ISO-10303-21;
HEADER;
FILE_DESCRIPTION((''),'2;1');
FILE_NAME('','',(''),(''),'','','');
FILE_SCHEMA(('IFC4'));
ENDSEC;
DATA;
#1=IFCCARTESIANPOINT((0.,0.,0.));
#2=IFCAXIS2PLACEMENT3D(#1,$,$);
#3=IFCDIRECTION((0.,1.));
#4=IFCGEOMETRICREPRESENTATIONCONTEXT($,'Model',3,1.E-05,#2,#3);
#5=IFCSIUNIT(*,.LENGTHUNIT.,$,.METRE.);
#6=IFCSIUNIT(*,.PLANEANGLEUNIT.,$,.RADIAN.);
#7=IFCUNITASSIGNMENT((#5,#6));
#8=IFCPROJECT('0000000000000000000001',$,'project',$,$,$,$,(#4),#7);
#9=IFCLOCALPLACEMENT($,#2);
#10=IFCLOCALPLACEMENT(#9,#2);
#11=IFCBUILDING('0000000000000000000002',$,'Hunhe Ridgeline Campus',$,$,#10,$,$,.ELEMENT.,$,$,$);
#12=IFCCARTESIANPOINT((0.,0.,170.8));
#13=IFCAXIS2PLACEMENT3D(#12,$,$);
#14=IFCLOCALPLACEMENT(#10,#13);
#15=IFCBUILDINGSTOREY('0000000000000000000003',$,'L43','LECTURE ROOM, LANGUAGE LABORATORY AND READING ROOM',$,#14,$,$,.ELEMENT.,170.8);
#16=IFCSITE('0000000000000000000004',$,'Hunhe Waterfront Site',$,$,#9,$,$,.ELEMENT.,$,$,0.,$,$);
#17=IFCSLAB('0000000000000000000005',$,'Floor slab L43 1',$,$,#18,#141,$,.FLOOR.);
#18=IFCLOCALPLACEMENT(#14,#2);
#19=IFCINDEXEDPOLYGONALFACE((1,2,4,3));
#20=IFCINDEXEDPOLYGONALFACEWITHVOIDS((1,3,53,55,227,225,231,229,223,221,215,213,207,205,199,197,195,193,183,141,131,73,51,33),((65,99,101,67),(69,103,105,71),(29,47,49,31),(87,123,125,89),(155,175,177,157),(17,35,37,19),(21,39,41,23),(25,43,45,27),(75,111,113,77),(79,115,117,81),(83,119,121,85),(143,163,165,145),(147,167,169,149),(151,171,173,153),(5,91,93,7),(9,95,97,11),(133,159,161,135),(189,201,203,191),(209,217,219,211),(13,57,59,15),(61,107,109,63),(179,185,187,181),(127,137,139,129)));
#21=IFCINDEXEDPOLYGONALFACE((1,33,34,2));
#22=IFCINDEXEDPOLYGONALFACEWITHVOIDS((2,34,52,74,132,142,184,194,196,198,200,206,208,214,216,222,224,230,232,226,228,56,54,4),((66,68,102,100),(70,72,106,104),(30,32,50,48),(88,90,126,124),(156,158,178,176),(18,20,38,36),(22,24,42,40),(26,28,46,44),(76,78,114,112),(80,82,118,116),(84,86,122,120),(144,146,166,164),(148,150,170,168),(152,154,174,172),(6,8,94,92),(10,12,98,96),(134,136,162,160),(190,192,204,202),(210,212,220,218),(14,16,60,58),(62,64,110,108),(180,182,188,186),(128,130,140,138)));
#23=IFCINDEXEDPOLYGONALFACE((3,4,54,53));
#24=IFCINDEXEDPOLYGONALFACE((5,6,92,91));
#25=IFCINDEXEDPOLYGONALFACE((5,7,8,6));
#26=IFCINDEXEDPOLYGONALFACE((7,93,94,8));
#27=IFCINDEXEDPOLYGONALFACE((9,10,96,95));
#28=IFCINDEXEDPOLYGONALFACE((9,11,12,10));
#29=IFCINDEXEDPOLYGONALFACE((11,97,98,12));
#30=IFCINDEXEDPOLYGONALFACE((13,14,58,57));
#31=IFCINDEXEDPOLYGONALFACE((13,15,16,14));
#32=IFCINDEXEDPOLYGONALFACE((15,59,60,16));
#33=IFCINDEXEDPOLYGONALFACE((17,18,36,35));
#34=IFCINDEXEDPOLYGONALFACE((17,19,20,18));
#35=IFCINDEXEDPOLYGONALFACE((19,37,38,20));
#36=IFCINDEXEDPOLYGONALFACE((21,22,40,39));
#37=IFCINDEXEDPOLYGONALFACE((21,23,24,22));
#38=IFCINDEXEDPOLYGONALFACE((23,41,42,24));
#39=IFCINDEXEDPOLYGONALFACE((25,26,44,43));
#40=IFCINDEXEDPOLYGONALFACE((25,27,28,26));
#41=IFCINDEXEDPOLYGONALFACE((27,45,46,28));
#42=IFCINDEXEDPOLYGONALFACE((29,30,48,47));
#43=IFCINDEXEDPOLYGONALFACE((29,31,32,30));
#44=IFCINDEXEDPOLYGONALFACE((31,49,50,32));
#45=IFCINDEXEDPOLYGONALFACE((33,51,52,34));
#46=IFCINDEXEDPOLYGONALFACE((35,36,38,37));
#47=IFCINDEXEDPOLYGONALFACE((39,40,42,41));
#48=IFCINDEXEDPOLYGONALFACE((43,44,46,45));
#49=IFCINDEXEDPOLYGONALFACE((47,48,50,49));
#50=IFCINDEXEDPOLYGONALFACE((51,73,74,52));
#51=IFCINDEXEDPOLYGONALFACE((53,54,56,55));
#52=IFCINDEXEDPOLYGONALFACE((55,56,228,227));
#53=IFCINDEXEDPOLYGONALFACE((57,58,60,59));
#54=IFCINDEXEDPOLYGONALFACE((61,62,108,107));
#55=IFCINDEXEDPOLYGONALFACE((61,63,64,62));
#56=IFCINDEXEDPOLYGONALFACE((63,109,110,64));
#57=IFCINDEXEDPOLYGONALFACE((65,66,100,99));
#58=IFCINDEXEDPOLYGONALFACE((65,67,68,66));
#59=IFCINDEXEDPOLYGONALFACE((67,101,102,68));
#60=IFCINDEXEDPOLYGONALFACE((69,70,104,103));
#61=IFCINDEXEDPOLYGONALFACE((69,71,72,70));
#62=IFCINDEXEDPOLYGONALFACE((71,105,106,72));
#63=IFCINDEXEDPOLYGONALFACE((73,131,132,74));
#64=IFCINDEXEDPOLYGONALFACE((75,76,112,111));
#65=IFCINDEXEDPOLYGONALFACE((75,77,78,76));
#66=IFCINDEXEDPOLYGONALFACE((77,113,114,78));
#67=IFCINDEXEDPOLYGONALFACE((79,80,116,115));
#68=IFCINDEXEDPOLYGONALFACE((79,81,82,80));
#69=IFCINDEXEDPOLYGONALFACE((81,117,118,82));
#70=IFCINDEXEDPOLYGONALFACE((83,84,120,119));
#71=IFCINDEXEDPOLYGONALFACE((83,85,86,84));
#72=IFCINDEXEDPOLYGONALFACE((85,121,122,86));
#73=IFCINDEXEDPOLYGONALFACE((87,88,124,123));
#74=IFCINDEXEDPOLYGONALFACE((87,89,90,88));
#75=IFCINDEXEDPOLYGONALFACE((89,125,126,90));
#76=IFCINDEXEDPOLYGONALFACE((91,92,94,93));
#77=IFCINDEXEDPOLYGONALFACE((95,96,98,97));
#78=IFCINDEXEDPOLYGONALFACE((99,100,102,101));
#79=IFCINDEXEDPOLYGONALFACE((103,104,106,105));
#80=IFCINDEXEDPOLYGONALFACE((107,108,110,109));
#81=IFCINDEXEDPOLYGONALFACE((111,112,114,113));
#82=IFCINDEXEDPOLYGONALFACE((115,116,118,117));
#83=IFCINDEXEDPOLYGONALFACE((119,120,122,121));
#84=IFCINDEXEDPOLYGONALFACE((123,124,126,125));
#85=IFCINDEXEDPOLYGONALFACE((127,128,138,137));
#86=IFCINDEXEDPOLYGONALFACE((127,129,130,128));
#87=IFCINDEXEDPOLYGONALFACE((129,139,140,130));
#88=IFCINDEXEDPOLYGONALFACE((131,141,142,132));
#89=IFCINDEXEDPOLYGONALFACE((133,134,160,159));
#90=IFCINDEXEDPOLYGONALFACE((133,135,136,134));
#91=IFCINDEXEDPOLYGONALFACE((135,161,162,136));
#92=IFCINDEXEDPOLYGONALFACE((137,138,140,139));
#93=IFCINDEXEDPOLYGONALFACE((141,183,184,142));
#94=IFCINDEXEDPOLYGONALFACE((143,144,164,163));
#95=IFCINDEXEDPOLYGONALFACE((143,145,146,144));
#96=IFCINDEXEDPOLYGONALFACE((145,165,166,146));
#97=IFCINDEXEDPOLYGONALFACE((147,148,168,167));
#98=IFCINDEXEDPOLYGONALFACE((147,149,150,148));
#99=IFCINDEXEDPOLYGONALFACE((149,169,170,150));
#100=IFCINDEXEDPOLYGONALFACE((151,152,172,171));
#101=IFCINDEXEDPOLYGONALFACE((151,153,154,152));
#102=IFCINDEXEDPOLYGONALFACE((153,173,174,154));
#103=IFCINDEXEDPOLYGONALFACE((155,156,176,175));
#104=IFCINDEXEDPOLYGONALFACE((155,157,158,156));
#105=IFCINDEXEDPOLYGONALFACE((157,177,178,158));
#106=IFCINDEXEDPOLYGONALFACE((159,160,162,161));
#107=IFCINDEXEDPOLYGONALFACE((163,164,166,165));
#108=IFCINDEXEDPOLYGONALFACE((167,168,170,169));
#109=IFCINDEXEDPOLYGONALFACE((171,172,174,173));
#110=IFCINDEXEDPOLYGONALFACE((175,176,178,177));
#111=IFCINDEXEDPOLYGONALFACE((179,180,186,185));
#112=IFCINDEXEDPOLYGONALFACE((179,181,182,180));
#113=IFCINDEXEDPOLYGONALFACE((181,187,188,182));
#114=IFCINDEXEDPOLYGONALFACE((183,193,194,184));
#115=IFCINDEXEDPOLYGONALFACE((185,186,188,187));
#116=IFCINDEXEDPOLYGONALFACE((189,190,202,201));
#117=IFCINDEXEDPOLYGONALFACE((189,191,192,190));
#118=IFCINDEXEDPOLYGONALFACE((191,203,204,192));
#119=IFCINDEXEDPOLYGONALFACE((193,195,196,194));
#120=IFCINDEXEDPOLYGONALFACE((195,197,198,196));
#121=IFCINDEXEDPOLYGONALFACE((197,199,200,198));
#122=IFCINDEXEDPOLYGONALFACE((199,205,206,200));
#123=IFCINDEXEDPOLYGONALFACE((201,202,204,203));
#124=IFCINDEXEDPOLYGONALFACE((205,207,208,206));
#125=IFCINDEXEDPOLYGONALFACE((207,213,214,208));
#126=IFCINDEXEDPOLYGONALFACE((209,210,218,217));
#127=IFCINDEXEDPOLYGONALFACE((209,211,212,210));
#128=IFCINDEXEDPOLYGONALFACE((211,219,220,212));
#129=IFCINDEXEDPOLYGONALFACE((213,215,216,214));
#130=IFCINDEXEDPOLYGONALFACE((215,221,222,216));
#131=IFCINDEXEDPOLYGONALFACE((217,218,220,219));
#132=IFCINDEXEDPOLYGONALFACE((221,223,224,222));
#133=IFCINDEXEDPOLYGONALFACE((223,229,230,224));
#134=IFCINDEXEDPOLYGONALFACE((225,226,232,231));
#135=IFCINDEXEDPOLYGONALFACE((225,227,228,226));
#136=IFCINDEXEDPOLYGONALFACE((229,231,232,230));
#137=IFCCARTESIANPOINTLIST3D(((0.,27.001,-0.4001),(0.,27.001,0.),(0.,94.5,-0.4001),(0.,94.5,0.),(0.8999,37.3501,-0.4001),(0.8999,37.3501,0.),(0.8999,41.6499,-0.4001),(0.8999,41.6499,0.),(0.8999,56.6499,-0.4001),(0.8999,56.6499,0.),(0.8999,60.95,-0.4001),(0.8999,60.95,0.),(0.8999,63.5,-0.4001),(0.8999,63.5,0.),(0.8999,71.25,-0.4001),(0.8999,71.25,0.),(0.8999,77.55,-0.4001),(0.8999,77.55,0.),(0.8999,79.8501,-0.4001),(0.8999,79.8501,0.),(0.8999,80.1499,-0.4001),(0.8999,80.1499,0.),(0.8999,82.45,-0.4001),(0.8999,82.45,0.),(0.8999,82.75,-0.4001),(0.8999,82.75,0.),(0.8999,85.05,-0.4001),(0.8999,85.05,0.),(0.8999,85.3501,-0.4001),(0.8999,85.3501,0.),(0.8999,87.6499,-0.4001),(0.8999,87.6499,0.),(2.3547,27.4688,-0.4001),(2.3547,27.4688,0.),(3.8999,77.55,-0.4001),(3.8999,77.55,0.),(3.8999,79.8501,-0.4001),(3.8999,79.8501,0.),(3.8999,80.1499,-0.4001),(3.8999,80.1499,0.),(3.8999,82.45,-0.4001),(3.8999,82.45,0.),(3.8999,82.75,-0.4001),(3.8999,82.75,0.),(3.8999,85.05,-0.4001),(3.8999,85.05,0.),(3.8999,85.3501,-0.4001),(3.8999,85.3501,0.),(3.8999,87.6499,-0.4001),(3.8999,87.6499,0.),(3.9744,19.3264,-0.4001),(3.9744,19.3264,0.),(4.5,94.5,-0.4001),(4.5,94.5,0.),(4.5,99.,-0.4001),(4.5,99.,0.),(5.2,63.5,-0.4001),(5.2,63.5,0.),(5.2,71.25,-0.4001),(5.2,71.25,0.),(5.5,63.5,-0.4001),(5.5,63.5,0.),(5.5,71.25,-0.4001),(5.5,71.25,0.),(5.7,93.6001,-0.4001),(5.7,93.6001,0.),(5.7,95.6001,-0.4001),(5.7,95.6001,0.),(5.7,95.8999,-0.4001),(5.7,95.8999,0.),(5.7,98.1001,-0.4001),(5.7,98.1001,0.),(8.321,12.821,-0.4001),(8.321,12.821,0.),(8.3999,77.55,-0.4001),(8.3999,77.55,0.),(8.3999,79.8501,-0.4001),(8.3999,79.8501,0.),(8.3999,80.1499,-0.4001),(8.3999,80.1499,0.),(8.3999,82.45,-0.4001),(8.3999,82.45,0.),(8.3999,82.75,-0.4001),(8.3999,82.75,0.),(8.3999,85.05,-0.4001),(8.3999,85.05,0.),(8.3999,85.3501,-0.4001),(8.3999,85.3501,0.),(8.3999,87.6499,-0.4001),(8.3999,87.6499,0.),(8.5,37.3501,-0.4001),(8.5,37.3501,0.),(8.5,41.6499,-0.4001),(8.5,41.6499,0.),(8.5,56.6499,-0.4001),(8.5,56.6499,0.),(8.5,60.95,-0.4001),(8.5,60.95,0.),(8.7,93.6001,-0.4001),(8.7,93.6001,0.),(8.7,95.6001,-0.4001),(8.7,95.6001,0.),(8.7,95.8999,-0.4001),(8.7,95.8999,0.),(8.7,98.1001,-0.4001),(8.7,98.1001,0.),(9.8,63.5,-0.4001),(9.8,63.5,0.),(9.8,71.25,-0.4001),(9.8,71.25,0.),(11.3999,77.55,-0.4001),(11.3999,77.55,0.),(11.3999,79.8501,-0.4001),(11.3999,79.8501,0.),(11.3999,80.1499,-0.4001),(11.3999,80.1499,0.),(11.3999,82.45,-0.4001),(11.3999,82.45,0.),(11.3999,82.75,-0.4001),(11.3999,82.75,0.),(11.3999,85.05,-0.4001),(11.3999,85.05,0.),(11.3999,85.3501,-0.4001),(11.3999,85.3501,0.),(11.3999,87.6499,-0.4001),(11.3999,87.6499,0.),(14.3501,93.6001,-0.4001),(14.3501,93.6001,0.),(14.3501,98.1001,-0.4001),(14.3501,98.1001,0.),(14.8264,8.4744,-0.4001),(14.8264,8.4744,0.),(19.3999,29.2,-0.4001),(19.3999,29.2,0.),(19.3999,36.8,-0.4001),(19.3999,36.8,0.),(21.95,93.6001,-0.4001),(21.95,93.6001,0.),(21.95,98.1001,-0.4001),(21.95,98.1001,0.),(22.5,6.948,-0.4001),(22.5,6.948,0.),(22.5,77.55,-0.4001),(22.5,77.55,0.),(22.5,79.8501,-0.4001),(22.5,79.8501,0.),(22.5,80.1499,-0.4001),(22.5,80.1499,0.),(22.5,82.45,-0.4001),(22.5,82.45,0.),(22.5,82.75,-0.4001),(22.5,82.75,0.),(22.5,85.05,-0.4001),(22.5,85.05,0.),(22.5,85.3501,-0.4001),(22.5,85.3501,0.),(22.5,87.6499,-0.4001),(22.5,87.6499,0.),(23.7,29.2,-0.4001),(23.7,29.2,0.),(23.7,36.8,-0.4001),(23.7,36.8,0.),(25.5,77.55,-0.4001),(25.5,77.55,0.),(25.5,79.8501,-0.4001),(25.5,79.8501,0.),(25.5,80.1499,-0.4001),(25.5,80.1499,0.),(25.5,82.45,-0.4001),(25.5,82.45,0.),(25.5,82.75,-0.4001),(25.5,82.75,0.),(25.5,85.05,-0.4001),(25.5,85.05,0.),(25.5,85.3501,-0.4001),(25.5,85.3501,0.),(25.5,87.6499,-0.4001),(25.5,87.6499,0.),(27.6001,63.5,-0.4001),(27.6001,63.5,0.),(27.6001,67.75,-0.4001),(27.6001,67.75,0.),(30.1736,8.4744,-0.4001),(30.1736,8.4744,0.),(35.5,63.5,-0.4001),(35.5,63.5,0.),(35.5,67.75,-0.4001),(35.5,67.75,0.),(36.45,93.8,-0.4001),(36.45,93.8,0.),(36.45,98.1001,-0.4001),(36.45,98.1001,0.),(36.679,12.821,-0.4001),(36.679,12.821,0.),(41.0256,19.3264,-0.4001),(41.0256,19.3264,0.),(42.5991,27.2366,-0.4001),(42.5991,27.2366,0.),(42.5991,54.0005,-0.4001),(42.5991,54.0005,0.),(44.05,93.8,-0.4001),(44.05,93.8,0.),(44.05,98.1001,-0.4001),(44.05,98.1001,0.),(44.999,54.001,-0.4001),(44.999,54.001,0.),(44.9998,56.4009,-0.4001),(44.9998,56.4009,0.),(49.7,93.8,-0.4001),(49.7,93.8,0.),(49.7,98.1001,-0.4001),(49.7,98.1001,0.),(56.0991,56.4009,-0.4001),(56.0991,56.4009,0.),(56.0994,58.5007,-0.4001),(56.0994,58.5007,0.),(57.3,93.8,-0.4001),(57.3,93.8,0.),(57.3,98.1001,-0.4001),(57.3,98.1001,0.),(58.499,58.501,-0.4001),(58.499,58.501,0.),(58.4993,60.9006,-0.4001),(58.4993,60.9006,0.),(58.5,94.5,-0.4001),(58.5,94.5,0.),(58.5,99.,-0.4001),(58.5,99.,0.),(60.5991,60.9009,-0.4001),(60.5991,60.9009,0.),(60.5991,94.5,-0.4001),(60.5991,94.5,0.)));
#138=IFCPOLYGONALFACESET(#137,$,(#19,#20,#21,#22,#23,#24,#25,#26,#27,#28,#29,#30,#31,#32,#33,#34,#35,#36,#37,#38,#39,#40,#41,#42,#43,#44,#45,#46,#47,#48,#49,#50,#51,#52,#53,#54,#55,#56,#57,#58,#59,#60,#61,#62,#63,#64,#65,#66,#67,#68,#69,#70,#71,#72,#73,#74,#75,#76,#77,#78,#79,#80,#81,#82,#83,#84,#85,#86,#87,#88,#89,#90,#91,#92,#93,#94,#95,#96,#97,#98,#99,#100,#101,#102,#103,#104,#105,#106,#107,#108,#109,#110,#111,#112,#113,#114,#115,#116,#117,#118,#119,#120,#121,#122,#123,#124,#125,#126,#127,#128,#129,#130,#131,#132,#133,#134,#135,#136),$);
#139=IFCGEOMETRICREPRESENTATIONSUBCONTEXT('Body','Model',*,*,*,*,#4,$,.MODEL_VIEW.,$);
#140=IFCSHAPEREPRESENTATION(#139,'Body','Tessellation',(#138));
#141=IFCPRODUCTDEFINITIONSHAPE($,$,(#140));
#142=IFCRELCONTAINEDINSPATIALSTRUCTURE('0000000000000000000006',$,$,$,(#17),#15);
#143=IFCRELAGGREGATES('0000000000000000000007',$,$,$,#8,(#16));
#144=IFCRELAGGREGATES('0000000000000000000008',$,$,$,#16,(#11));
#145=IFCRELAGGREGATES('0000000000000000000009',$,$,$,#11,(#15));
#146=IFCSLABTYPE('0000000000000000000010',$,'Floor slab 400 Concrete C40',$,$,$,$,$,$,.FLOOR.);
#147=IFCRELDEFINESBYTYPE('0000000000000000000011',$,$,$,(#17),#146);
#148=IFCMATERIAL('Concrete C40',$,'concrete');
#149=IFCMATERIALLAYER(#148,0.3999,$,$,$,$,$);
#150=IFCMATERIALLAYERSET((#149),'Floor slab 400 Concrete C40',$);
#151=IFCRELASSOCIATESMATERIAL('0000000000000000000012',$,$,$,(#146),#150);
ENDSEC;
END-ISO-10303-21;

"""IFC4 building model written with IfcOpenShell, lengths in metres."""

from ifc_helpers import new_model, si_unit, direction, frame, origin, place, context, subcontext, project, spatial, polyline, outline, extrude, material, layer, layer_set, type_object, element, save


model = new_model("IFC4")

# Units and contexts
model_context = context("Model", 3, precision=1e-05, world=origin(), true_north=direction((0.0, 1.0)))
body_context = subcontext(model_context, "Body", "Model", "MODEL_VIEW")
ifc_project = project(units=[si_unit("LENGTHUNIT", "METRE"), si_unit("PLANEANGLEUNIT", "RADIAN")], contexts=[model_context])

# Site, building, storey
site_placement = place(None, origin())
site = spatial("IfcSite", under=ifc_project, at=site_placement, Name="Hunhe Waterfront Site", CompositionType="ELEMENT", RefElevation=0.0)
building_placement = place(site_placement, origin())
building = spatial("IfcBuilding", under=site, at=building_placement, Name="Hunhe Ridgeline Campus", CompositionType="ELEMENT")
storey_placement = place(building_placement, frame((0.0, 0.0, 170.8)))
storey = spatial("IfcBuildingStorey", under=building, at=storey_placement, Name="L43", Description="LECTURE ROOM, LANGUAGE LABORATORY AND READING ROOM", CompositionType="ELEMENT", Elevation=170.8)

# Slab
ifc_material_1 = material(Name="Concrete C40", Category="concrete")
ifc_layer_1 = layer(ifc_material_1, 0.3999)
ifc_layer_set_1 = layer_set([ifc_layer_1], Name="Floor slab 400 Concrete C40")
slab_type_1 = type_object("IfcSlabType", Name="Floor slab 400 Concrete C40", PredefinedType="FLOOR", material=ifc_layer_set_1)
slab_1_placement = place(storey_placement, frame((0.0, 0.0, -0.4001)))
element("IfcSlab", 1, at=slab_1_placement, inside=storey, type_object=slab_type_1, Name="Floor slab L43 1", PredefinedType="FLOOR", context=body_context, shape_type="SweptSolid", body=[
    extrude(outline(polyline([(2.3547, 27.4688), (3.9744, 19.3264), (8.321, 12.821), (14.8264, 8.4744), (22.5, 6.948), (30.1736, 8.4744), (36.679, 12.821), (41.0256, 19.3264), (42.5991, 27.2366), (42.5991, 54.0005), (44.999, 54.001), (44.9998, 56.4009), (56.0991, 56.4009), (56.0994, 58.5007), (58.499, 58.501), (58.4993, 60.9006), (60.5991, 60.9009), (60.5991, 94.5), (58.5, 94.5), (58.5, 99.0), (4.5, 99.0), (4.5, 94.5), (0.0, 94.5), (0.0, 27.001), (2.3547, 27.4688)]), holes=[polyline([(49.7, 93.8), (57.3, 93.8), (57.3, 98.1001), (49.7, 98.1001), (49.7, 93.8)]), polyline([(44.05, 93.8), (44.05, 98.1001), (36.45, 98.1001), (36.45, 93.8), (44.05, 93.8)]), polyline([(35.5, 67.75), (27.6001, 67.75), (27.6001, 63.5), (35.5, 63.5), (35.5, 67.75)]), polyline([(25.5, 82.75), (25.5, 85.05), (22.5, 85.05), (22.5, 82.75), (25.5, 82.75)]), polyline([(25.5, 82.45), (22.5, 82.45), (22.5, 80.1499), (25.5, 80.1499), (25.5, 82.45)]), polyline([(22.5, 85.3501), (25.5, 85.3501), (25.5, 87.6499), (22.5, 87.6499), (22.5, 85.3501)]), polyline([(22.5, 79.8501), (22.5, 77.55), (25.5, 77.55), (25.5, 79.8501), (22.5, 79.8501)]), polyline([(19.3999, 29.2), (23.7, 29.2), (23.7, 36.8), (19.3999, 36.8), (19.3999, 29.2)]), polyline([(21.95, 93.6001), (21.95, 98.1001), (14.3501, 98.1001), (14.3501, 93.6001), (21.95, 93.6001)]), polyline([(8.3999, 79.8501), (8.3999, 77.55), (11.3999, 77.55), (11.3999, 79.8501), (8.3999, 79.8501)]), polyline([(8.3999, 85.3501), (11.3999, 85.3501), (11.3999, 87.6499), (8.3999, 87.6499), (8.3999, 85.3501)]), polyline([(11.3999, 82.45), (8.3999, 82.45), (8.3999, 80.1499), (11.3999, 80.1499), (11.3999, 82.45)]), polyline([(11.3999, 82.75), (11.3999, 85.05), (8.3999, 85.05), (8.3999, 82.75), (11.3999, 82.75)]), polyline([(5.5, 71.25), (5.5, 63.5), (9.8, 63.5), (9.8, 71.25), (5.5, 71.25)]), polyline([(8.7, 98.1001), (5.7, 98.1001), (5.7, 95.8999), (8.7, 95.8999), (8.7, 98.1001)]), polyline([(5.7, 95.6001), (5.7, 93.6001), (8.7, 93.6001), (8.7, 95.6001), (5.7, 95.6001)]), polyline([(0.8999, 60.95), (0.8999, 56.6499), (8.5, 56.6499), (8.5, 60.95), (0.8999, 60.95)]), polyline([(0.8999, 37.3501), (8.5, 37.3501), (8.5, 41.6499), (0.8999, 41.6499), (0.8999, 37.3501)]), polyline([(0.8999, 63.5), (5.2, 63.5), (5.2, 71.25), (0.8999, 71.25), (0.8999, 63.5)]), polyline([(3.8999, 82.75), (3.8999, 85.05), (0.8999, 85.05), (0.8999, 82.75), (3.8999, 82.75)]), polyline([(3.8999, 82.45), (0.8999, 82.45), (0.8999, 80.1499), (3.8999, 80.1499), (3.8999, 82.45)]), polyline([(0.8999, 85.3501), (3.8999, 85.3501), (3.8999, 87.6499), (0.8999, 87.6499), (0.8999, 85.3501)]), polyline([(0.8999, 79.8501), (0.8999, 77.55), (3.8999, 77.55), (3.8999, 79.8501), (0.8999, 79.8501)])]), origin(), (0.0, 0.0, 1.0), 0.4001),
])

save(model, "model.ifc")
